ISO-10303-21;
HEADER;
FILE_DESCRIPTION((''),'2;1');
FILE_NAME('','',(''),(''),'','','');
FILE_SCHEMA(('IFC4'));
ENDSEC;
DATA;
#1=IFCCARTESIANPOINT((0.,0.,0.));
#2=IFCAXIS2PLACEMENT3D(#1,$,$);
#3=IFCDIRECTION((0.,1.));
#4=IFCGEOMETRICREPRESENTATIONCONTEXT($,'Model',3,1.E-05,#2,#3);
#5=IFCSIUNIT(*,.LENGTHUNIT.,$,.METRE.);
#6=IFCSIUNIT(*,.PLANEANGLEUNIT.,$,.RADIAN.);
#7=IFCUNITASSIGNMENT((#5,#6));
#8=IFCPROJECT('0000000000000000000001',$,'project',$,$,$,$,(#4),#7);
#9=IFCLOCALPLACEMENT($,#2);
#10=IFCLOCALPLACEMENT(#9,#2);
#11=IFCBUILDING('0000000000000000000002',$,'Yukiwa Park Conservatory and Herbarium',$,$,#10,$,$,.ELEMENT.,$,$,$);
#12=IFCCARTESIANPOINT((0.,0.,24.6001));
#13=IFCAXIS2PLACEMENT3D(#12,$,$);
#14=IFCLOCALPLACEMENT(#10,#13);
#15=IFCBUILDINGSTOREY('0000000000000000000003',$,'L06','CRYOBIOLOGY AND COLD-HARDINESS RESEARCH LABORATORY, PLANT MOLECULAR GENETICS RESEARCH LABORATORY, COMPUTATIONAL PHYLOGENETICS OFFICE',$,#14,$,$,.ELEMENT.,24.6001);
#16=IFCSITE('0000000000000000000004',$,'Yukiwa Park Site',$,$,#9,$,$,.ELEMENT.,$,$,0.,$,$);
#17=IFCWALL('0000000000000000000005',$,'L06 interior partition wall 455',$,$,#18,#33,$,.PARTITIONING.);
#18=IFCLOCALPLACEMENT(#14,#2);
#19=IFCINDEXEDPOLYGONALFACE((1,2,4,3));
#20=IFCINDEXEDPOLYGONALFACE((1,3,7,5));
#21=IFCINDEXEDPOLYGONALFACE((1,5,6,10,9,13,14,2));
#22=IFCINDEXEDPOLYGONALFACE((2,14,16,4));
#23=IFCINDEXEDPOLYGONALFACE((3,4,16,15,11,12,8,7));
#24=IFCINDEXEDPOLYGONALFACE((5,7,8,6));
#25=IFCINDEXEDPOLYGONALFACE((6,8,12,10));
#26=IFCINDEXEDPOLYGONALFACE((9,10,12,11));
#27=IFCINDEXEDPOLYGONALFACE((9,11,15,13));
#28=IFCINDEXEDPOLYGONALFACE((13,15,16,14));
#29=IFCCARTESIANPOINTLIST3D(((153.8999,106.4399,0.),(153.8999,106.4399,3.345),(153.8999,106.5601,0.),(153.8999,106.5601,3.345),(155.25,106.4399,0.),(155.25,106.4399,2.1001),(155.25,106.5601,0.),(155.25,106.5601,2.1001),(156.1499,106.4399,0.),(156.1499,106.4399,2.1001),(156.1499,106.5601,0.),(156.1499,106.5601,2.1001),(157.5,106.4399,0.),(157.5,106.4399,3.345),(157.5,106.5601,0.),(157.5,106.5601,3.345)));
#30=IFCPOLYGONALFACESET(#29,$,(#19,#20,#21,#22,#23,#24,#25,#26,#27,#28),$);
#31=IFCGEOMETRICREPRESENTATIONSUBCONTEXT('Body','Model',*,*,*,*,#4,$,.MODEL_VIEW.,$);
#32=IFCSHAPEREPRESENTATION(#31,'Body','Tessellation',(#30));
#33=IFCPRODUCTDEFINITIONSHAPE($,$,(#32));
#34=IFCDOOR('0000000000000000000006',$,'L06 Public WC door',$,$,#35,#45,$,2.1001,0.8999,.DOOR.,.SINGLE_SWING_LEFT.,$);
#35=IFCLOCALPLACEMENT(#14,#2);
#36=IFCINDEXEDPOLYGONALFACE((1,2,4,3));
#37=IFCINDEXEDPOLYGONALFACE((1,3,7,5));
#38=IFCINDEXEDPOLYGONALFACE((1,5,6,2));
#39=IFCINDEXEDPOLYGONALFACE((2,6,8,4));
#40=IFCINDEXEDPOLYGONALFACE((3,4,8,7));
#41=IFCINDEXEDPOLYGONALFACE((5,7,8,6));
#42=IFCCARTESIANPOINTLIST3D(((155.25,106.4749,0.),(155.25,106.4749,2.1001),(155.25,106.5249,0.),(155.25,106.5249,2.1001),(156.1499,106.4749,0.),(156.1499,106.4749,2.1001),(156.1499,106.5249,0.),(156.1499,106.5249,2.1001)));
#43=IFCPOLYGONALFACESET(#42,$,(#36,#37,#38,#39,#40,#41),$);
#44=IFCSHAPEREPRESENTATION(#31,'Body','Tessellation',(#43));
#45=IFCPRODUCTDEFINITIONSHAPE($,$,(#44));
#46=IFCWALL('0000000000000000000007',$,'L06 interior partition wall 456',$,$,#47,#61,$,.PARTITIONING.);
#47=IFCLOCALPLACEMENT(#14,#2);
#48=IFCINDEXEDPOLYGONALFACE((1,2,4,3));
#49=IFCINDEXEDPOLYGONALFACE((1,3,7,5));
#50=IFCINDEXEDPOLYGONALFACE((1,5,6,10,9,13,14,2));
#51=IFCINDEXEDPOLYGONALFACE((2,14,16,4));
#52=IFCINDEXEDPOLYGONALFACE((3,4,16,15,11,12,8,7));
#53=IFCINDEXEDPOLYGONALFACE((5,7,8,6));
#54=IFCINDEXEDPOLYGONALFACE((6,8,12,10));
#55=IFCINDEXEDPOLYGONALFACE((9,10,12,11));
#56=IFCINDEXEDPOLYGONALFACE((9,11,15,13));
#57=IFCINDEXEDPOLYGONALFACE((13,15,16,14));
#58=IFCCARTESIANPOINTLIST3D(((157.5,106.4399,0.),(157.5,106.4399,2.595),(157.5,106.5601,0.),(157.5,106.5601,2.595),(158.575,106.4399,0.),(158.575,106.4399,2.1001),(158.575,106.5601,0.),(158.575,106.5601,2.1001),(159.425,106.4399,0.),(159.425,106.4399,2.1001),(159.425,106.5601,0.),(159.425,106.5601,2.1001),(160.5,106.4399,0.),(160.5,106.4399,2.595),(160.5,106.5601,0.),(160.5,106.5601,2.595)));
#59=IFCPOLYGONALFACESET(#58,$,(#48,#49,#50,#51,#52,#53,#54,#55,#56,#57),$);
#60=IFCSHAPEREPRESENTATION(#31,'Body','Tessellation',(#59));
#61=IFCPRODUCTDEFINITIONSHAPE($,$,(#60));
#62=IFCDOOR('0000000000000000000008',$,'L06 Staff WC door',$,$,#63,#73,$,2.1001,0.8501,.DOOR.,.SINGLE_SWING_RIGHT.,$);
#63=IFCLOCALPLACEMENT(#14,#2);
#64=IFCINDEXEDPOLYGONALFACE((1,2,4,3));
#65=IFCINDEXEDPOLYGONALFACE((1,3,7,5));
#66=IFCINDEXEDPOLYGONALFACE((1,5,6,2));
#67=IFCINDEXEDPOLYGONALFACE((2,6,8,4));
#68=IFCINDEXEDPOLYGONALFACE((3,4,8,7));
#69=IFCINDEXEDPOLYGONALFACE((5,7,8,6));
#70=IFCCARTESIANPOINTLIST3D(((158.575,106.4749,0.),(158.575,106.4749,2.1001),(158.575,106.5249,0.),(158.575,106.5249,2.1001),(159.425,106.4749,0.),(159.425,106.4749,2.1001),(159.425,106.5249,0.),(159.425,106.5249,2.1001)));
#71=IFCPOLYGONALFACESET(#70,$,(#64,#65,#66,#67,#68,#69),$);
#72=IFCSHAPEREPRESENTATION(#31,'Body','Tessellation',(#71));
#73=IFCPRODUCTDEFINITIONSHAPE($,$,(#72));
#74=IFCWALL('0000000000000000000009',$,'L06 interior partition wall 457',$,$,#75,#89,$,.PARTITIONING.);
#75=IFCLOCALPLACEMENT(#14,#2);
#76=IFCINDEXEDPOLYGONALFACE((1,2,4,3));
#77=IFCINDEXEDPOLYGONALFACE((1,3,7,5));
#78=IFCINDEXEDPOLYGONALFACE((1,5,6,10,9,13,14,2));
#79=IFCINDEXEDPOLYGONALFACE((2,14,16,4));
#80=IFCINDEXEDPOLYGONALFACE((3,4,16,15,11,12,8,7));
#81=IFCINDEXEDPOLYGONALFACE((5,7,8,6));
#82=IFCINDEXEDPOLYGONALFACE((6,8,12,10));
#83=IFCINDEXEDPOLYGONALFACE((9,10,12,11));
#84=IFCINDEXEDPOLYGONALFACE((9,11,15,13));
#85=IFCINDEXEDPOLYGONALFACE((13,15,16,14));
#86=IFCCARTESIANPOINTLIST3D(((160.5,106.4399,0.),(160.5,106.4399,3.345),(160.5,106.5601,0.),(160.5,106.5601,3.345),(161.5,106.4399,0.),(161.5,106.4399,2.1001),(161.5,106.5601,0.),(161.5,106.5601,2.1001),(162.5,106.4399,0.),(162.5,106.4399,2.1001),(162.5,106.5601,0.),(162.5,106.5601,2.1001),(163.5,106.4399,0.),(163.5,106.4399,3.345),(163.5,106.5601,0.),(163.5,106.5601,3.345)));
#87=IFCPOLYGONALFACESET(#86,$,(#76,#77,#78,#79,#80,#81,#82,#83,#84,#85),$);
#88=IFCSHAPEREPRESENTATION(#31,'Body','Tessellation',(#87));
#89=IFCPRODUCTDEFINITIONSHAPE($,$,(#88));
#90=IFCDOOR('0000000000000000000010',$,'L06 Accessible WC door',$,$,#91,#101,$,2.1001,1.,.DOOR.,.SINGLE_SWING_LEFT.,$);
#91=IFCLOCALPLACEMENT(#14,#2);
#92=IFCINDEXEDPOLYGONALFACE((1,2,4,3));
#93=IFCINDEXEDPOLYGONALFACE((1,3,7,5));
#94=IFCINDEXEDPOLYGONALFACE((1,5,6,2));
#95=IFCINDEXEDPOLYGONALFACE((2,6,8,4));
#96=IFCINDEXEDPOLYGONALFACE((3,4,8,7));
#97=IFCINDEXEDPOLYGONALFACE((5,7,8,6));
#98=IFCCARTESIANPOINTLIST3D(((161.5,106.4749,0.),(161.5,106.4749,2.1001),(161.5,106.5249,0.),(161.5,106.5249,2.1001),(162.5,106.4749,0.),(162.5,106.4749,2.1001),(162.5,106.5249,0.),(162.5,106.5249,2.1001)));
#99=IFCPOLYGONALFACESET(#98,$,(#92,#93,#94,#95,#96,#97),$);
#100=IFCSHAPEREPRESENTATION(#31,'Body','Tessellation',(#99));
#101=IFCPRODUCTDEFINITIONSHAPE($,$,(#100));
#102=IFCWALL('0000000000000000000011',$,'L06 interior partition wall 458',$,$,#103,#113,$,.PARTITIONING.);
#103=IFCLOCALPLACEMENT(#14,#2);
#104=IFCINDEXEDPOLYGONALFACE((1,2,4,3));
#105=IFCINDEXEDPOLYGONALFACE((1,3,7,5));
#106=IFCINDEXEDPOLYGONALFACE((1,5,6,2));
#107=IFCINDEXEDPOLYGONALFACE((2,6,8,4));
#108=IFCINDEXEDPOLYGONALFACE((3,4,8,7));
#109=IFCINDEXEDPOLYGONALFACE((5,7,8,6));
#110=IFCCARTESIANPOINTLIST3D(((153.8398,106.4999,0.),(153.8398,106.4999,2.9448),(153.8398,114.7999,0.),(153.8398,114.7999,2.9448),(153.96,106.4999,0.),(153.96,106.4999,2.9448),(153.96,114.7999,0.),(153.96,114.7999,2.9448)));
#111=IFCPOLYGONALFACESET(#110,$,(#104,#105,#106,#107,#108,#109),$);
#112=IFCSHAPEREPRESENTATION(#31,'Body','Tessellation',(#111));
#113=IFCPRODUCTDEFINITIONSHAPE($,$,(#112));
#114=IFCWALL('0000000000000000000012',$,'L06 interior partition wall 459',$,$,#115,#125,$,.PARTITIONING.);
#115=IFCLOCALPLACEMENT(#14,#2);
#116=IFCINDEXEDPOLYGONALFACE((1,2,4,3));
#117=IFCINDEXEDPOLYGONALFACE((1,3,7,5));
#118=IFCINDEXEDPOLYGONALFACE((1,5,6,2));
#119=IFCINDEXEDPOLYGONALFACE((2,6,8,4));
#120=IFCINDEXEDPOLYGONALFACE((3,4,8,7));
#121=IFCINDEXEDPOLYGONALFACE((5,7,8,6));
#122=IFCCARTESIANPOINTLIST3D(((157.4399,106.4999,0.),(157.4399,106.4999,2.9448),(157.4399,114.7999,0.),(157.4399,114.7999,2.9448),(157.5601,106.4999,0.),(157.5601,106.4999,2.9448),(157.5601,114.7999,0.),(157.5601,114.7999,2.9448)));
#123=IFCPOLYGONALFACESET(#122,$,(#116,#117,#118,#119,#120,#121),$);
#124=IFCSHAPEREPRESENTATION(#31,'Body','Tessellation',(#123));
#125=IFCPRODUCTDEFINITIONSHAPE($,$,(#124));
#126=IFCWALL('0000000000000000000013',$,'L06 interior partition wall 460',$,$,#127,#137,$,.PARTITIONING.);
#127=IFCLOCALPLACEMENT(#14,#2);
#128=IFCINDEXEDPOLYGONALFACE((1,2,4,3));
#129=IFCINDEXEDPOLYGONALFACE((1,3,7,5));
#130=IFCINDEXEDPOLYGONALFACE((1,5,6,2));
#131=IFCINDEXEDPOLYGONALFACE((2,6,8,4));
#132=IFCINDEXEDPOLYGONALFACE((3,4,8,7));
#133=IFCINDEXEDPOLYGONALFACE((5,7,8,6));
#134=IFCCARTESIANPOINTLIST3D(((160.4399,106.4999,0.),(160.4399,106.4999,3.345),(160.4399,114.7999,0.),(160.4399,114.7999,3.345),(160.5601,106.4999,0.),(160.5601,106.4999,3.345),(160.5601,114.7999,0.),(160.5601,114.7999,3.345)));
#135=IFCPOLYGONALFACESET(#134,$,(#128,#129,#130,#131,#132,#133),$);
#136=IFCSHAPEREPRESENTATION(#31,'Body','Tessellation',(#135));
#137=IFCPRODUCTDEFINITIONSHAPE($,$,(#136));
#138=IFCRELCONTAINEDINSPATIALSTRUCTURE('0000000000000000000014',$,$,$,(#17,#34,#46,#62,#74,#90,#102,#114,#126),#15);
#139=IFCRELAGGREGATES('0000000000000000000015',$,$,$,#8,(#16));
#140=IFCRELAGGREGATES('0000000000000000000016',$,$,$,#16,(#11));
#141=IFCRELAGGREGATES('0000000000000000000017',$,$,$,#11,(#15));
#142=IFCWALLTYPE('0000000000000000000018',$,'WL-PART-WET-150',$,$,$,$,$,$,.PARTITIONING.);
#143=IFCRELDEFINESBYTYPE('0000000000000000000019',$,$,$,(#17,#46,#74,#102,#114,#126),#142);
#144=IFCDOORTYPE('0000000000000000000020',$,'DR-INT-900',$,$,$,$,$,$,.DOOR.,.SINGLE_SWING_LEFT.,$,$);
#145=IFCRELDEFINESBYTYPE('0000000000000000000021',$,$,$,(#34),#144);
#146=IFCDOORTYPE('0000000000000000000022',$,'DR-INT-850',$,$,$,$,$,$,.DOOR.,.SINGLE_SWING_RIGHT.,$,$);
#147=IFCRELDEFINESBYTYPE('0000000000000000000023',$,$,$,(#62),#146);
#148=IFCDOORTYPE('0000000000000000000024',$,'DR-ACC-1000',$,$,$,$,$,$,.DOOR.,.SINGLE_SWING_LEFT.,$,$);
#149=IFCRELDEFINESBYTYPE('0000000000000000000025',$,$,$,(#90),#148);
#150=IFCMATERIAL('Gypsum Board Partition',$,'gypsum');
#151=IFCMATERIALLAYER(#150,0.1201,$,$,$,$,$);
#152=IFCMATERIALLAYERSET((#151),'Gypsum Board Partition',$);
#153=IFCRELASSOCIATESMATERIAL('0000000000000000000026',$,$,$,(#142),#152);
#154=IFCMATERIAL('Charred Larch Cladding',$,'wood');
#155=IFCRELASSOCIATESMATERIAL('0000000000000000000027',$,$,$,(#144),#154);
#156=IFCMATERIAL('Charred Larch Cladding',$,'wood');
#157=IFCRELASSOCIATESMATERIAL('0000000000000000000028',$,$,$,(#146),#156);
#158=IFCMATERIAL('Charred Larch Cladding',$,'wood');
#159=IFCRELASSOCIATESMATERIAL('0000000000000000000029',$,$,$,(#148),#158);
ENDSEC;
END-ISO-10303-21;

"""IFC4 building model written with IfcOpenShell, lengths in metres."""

from ifc_helpers import new_model, si_unit, direction, frame, frame_2d, origin, place, context, subcontext, project, spatial, rectangle, extrude, material, layer, layer_set, type_object, element, fill, save


model = new_model("IFC4")

# Units and contexts
model_context = context("Model", 3, precision=1e-05, world=origin(), true_north=direction((0.0, 1.0)))
body_context = subcontext(model_context, "Body", "Model", "MODEL_VIEW")
ifc_project = project(units=[si_unit("LENGTHUNIT", "METRE"), si_unit("PLANEANGLEUNIT", "RADIAN")], contexts=[model_context])

# Site, building, storey
site_placement = place(None, origin())
site = spatial("IfcSite", under=ifc_project, at=site_placement, Name="Yukiwa Park Site", CompositionType="ELEMENT", RefElevation=0.0)
building_placement = place(site_placement, origin())
building = spatial("IfcBuilding", under=site, at=building_placement, Name="Yukiwa Park Conservatory and Herbarium", CompositionType="ELEMENT")
storey_placement = place(building_placement, frame((0.0, 0.0, 24.6001)))
storey = spatial("IfcBuildingStorey", under=building, at=storey_placement, Name="L06", Description="CRYOBIOLOGY AND COLD-HARDINESS RESEARCH LABORATORY, PLANT MOLECULAR GENETICS RESEARCH LABORATORY, COMPUTATIONAL PHYLOGENETICS OFFICE", CompositionType="ELEMENT", Elevation=24.6001)

# Walls, openings, doors
ifc_material_1 = material(Name="Gypsum Board Partition", Category="gypsum")
ifc_layer_1 = layer(ifc_material_1, 0.1201)
ifc_layer_set_1 = layer_set([ifc_layer_1], Name="Gypsum Board Partition")
wall_type_1 = type_object("IfcWallType", Name="WL-PART-WET-150", PredefinedType="PARTITIONING", material=ifc_layer_set_1)
wall_1_placement = place(storey_placement, frame((153.8999, 106.5, 0.0), z_axis=(0.0, 0.0, 1.0), x_axis=(1.0, 0.0, 0.0)))
wall_1 = element("IfcWall", 1, at=wall_1_placement, inside=storey, type_object=wall_type_1, Name="L06 interior partition wall 455", PredefinedType="PARTITIONING", context=body_context, shape_type="SweptSolid", body=[
    extrude(rectangle(XDim=3.6001, YDim=0.1201, at=frame_2d((1.8, 0.0))), origin(), (0.0, 0.0, 1.0), 3.345),
])
opening_1_placement = place(wall_1_placement, frame((1.3501, 0.0, 0.0)))
opening_1 = element("IfcOpeningElement", 2, at=opening_1_placement, cuts=wall_1, PredefinedType="OPENING", context=body_context, shape_type="SweptSolid", body=[
    extrude(rectangle(XDim=0.8999, YDim=2.1001, at=frame_2d((0.45, 1.05))), frame((0.0, 0.0701, 0.0), z_axis=(0.0, -1.0, 0.0), x_axis=(1.0, 0.0, 0.0)), (0.0, 0.0, 1.0), 0.1401),
])
ifc_material_2 = material(Name="Charred Larch Cladding", Category="wood")
door_type_1 = type_object("IfcDoorType", Name="DR-INT-900", OperationType="SINGLE_SWING_LEFT", PredefinedType="DOOR", material=ifc_material_2)
door_1_placement = place(opening_1_placement, origin())
door_1 = element("IfcDoor", 3, at=door_1_placement, inside=storey, type_object=door_type_1, Name="L06 Public WC door", OperationType="SINGLE_SWING_LEFT", OverallHeight=2.1001, OverallWidth=0.8999, PredefinedType="DOOR", context=body_context, shape_type="SweptSolid", body=[
    extrude(rectangle(XDim=0.8999, YDim=2.1001, at=frame_2d((0.45, 1.05))), frame((0.0, 0.0249, 0.0), z_axis=(0.0, -1.0, 0.0), x_axis=(1.0, 0.0, 0.0)), (0.0, 0.0, 1.0), 0.05),
])
fill(opening_1, door_1)
wall_2_placement = place(storey_placement, frame((157.5, 106.5, 0.0), z_axis=(0.0, 0.0, 1.0), x_axis=(1.0, 0.0, 0.0)))
wall_2 = element("IfcWall", 4, at=wall_2_placement, inside=storey, type_object=wall_type_1, Name="L06 interior partition wall 456", PredefinedType="PARTITIONING", context=body_context, shape_type="SweptSolid", body=[
    extrude(rectangle(XDim=3.0, YDim=0.1201, at=frame_2d((1.5, 0.0))), origin(), (0.0, 0.0, 1.0), 2.595),
])
opening_2_placement = place(wall_2_placement, frame((1.075, 0.0, 0.0)))
opening_2 = element("IfcOpeningElement", 5, at=opening_2_placement, cuts=wall_2, PredefinedType="OPENING", context=body_context, shape_type="SweptSolid", body=[
    extrude(rectangle(XDim=0.8501, YDim=2.1001, at=frame_2d((0.425, 1.05))), frame((0.0, 0.0701, 0.0), z_axis=(0.0, -1.0, 0.0), x_axis=(1.0, 0.0, 0.0)), (0.0, 0.0, 1.0), 0.1401),
])
ifc_material_3 = material(Name="Charred Larch Cladding", Category="wood")
door_type_2 = type_object("IfcDoorType", Name="DR-INT-850", OperationType="SINGLE_SWING_RIGHT", PredefinedType="DOOR", material=ifc_material_3)
door_2_placement = place(opening_2_placement, origin())
door_2 = element("IfcDoor", 6, at=door_2_placement, inside=storey, type_object=door_type_2, Name="L06 Staff WC door", OperationType="SINGLE_SWING_RIGHT", OverallHeight=2.1001, OverallWidth=0.8501, PredefinedType="DOOR", context=body_context, shape_type="SweptSolid", body=[
    extrude(rectangle(XDim=0.8501, YDim=2.1001, at=frame_2d((0.425, 1.05))), frame((0.0, 0.0249, 0.0), z_axis=(0.0, -1.0, 0.0), x_axis=(1.0, 0.0, 0.0)), (0.0, 0.0, 1.0), 0.05),
])
fill(opening_2, door_2)
wall_3_placement = place(storey_placement, frame((160.5, 106.5, 0.0), z_axis=(0.0, 0.0, 1.0), x_axis=(1.0, 0.0, 0.0)))
wall_3 = element("IfcWall", 7, at=wall_3_placement, inside=storey, type_object=wall_type_1, Name="L06 interior partition wall 457", PredefinedType="PARTITIONING", context=body_context, shape_type="SweptSolid", body=[
    extrude(rectangle(XDim=3.0, YDim=0.1201, at=frame_2d((1.5, 0.0))), origin(), (0.0, 0.0, 1.0), 3.345),
])
opening_3_placement = place(wall_3_placement, frame((1.0, 0.0, 0.0)))
opening_3 = element("IfcOpeningElement", 8, at=opening_3_placement, cuts=wall_3, PredefinedType="OPENING", context=body_context, shape_type="SweptSolid", body=[
    extrude(rectangle(XDim=1.0, YDim=2.1001, at=frame_2d((0.5, 1.05))), frame((0.0, 0.0701, 0.0), z_axis=(0.0, -1.0, 0.0), x_axis=(1.0, 0.0, 0.0)), (0.0, 0.0, 1.0), 0.1401),
])
ifc_material_4 = material(Name="Charred Larch Cladding", Category="wood")
door_type_3 = type_object("IfcDoorType", Name="DR-ACC-1000", OperationType="SINGLE_SWING_LEFT", PredefinedType="DOOR", material=ifc_material_4)
door_3_placement = place(opening_3_placement, origin())
door_3 = element("IfcDoor", 9, at=door_3_placement, inside=storey, type_object=door_type_3, Name="L06 Accessible WC door", OperationType="SINGLE_SWING_LEFT", OverallHeight=2.1001, OverallWidth=1.0, PredefinedType="DOOR", context=body_context, shape_type="SweptSolid", body=[
    extrude(rectangle(XDim=1.0, YDim=2.1001, at=frame_2d((0.5, 1.05))), frame((0.0, 0.0249, 0.0), z_axis=(0.0, -1.0, 0.0), x_axis=(1.0, 0.0, 0.0)), (0.0, 0.0, 1.0), 0.05),
])
fill(opening_3, door_3)

# Walls
for number, where, z_axis, x_axis, name in (
    (10, (153.8999, 106.5, 0.0), (0.0, 0.0, 1.0), (0.0, 1.0, 0.0), "L06 interior partition wall 458"),
    (11, (157.5, 106.5, 0.0), (0.0, 0.0, 1.0), (0.0, 1.0, 0.0), "L06 interior partition wall 459"),
):
    element("IfcWall", number, at=place(storey_placement, frame(where, z_axis=z_axis, x_axis=x_axis)), inside=storey, type_object=wall_type_1, Name=name, PredefinedType="PARTITIONING", context=body_context, shape_type="SweptSolid", body=[
        extrude(rectangle(XDim=8.3, YDim=0.1201, at=frame_2d((4.1499, 0.0))), origin(), (0.0, 0.0, 1.0), 2.9448),
    ])
wall_4_placement = place(storey_placement, frame((160.5, 106.5, 0.0), z_axis=(0.0, 0.0, 1.0), x_axis=(0.0, 1.0, 0.0)))
element("IfcWall", 12, at=wall_4_placement, inside=storey, type_object=wall_type_1, Name="L06 interior partition wall 460", PredefinedType="PARTITIONING", context=body_context, shape_type="SweptSolid", body=[
    extrude(rectangle(XDim=8.3, YDim=0.1201, at=frame_2d((4.1499, 0.0))), origin(), (0.0, 0.0, 1.0), 3.345),
])

save(model, "model.ifc")
